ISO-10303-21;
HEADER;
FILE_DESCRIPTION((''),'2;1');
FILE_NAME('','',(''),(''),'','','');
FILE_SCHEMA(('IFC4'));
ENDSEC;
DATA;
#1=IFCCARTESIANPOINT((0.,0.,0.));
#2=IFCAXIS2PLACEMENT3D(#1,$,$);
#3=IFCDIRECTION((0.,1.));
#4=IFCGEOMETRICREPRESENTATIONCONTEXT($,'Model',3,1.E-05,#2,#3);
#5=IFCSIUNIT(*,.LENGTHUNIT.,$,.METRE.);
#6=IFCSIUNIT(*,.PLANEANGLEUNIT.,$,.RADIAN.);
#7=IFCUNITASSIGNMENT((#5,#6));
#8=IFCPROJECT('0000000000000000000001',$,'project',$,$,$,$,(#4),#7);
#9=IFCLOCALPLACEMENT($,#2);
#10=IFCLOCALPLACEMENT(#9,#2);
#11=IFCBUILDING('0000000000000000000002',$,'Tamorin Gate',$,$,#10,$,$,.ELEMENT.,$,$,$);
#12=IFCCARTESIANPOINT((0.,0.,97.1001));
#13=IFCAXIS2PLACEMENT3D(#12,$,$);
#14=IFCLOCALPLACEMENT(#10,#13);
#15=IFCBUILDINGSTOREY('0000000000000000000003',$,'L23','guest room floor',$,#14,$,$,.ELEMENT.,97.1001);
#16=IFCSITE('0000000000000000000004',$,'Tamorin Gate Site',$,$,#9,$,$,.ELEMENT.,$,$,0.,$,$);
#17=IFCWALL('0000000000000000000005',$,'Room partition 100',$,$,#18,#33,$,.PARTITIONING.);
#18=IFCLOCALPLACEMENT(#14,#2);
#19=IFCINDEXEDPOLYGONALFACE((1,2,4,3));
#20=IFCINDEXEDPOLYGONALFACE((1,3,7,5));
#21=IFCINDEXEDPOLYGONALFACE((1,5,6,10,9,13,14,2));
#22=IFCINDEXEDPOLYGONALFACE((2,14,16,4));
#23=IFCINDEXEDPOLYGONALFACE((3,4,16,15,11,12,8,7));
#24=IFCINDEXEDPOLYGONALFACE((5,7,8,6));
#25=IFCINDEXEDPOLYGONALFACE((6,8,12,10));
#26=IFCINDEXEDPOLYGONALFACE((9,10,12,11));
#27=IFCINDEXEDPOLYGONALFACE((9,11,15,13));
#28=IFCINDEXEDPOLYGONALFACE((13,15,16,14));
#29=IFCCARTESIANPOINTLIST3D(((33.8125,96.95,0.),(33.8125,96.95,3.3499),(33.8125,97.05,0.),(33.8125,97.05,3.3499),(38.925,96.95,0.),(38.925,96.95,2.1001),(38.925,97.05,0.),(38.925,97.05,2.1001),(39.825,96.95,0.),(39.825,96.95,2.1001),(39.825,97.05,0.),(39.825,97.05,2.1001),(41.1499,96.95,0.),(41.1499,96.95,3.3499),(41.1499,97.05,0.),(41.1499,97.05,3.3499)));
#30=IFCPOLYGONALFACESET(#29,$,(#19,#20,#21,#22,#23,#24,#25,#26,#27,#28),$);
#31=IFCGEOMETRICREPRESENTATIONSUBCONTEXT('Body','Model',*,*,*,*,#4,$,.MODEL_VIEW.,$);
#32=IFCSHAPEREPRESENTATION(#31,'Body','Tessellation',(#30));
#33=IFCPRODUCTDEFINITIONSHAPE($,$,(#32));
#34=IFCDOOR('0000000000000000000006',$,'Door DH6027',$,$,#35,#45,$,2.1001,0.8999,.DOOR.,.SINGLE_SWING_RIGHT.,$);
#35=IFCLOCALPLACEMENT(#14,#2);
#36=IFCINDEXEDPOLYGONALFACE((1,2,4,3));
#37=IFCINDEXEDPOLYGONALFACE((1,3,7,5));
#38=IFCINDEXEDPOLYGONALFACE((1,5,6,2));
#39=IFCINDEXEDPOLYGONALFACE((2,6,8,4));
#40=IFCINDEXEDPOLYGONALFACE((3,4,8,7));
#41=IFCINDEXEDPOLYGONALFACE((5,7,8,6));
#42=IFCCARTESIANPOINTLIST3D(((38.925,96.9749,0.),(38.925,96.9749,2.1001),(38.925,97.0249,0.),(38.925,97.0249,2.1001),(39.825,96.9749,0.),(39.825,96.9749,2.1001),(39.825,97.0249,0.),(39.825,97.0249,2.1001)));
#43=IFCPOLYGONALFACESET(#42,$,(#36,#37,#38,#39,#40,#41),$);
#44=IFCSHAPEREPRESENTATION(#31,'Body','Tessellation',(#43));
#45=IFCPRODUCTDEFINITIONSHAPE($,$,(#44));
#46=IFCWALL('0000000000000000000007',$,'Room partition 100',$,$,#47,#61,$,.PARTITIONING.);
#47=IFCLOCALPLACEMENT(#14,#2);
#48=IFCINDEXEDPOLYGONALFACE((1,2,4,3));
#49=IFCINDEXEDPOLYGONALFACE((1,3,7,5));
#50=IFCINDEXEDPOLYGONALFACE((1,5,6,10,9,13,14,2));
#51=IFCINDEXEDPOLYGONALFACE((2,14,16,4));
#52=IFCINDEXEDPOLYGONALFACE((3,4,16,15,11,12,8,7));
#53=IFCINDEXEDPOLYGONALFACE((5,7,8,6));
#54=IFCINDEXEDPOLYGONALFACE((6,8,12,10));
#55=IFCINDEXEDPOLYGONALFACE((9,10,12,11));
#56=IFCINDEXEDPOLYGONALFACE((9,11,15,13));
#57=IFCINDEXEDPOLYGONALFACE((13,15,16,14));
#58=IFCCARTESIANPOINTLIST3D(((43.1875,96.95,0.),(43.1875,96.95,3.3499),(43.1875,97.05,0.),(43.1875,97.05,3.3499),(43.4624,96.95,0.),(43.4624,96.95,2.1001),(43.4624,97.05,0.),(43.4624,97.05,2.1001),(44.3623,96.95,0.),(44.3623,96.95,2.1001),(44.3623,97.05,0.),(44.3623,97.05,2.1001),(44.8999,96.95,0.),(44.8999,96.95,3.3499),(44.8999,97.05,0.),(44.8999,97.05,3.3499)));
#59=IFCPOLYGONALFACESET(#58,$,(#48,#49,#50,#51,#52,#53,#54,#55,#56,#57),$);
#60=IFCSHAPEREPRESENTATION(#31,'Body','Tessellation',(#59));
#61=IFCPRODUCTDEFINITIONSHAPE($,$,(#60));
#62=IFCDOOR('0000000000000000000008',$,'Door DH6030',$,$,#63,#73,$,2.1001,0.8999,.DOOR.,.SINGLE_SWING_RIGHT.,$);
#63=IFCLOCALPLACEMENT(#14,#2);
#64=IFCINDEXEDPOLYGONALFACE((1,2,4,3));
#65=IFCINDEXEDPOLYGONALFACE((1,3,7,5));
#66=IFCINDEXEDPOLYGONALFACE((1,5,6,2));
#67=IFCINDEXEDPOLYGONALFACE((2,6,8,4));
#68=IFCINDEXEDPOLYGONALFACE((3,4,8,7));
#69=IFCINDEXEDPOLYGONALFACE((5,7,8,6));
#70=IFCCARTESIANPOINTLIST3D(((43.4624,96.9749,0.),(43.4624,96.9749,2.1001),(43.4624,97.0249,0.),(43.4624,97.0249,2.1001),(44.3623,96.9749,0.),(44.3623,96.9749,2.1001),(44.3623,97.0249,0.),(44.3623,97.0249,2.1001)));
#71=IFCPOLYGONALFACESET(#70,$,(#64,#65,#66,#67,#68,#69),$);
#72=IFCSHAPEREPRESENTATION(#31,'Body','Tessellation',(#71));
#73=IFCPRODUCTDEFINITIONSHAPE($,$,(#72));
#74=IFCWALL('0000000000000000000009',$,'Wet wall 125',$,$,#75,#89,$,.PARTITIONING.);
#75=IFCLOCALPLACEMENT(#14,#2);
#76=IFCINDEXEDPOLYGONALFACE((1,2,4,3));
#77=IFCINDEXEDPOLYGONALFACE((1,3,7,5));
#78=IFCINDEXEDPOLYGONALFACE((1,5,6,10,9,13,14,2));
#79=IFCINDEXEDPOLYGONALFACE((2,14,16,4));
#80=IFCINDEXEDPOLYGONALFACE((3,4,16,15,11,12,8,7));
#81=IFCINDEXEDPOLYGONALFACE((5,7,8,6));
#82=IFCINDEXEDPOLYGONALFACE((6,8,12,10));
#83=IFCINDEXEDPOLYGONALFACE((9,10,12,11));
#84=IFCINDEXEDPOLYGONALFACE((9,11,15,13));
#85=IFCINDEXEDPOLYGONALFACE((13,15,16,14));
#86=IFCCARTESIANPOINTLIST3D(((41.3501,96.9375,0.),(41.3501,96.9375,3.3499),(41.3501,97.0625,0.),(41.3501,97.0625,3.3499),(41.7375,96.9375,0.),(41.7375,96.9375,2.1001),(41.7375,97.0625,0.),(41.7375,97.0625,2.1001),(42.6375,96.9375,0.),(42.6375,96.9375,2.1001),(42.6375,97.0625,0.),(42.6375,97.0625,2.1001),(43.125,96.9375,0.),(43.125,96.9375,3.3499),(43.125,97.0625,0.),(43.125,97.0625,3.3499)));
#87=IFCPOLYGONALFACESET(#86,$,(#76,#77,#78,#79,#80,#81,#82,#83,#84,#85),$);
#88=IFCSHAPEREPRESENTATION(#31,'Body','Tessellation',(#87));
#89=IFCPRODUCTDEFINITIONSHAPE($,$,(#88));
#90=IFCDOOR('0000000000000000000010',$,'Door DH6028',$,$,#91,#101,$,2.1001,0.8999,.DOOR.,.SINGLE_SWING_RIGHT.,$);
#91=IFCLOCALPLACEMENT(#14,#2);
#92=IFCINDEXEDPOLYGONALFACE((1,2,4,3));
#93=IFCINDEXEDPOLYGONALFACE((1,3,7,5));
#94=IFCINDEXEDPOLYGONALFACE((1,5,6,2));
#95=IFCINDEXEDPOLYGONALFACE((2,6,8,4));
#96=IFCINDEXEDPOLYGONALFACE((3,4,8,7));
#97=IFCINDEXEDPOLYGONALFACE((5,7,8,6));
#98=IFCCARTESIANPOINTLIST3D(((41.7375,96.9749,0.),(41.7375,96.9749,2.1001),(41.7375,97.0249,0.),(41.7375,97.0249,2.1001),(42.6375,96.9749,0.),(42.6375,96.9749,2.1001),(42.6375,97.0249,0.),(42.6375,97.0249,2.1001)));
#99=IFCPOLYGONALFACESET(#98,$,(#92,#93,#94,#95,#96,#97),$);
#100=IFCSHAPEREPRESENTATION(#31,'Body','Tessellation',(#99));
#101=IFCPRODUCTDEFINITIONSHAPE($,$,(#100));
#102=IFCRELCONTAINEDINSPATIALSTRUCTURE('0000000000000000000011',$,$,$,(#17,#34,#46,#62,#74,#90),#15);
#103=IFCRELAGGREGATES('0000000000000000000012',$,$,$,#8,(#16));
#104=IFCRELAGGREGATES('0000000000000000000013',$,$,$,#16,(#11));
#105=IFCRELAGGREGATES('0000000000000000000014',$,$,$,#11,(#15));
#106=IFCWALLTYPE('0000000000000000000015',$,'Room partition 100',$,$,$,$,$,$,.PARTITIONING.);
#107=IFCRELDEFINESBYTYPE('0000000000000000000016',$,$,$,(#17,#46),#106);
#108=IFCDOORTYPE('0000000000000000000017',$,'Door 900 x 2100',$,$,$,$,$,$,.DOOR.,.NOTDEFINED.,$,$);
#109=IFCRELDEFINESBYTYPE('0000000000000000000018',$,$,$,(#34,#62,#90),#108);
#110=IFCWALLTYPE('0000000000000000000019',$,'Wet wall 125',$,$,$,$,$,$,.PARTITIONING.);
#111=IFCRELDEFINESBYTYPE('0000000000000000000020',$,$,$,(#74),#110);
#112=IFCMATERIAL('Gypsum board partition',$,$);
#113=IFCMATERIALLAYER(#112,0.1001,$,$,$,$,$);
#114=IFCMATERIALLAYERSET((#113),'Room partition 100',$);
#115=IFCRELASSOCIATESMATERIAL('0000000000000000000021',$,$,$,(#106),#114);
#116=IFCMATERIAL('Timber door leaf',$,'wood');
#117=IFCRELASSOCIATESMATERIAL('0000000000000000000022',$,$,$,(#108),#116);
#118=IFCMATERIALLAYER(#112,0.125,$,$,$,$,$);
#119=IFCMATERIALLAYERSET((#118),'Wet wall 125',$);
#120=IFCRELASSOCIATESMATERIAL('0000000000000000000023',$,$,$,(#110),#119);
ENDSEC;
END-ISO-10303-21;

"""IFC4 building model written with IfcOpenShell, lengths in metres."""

from ifc_helpers import new_model, si_unit, direction, frame, frame_2d, origin, place, context, subcontext, project, spatial, rectangle, extrude, material, layer, layer_set, type_object, element, fill, save


model = new_model("IFC4")

# Units and contexts
model_context = context("Model", 3, precision=1e-05, world=origin(), true_north=direction((0.0, 1.0)))
body_context = subcontext(model_context, "Body", "Model", "MODEL_VIEW")
ifc_project = project(units=[si_unit("LENGTHUNIT", "METRE"), si_unit("PLANEANGLEUNIT", "RADIAN")], contexts=[model_context])

# Site, building, storey
site_placement = place(None, origin())
site = spatial("IfcSite", under=ifc_project, at=site_placement, Name="Tamorin Gate Site", CompositionType="ELEMENT", RefElevation=0.0)
building_placement = place(site_placement, origin())
building = spatial("IfcBuilding", under=site, at=building_placement, Name="Tamorin Gate", CompositionType="ELEMENT")
storey_placement = place(building_placement, frame((0.0, 0.0, 97.1001)))
storey = spatial("IfcBuildingStorey", under=building, at=storey_placement, Name="L23", Description="guest room floor", CompositionType="ELEMENT", Elevation=97.1001)

# Walls, openings, doors
ifc_material_1 = material(Name="Gypsum board partition")
ifc_layer_1 = layer(ifc_material_1, 0.1001)
ifc_layer_set_1 = layer_set([ifc_layer_1], Name="Room partition 100")
wall_type_1 = type_object("IfcWallType", Name="Room partition 100", PredefinedType="PARTITIONING", material=ifc_layer_set_1)
wall_1_placement = place(storey_placement, frame((33.8125, 97.0, 0.0), z_axis=(0.0, 0.0, 1.0), x_axis=(1.0, 0.0, 0.0)))
wall_1 = element("IfcWall", 1, at=wall_1_placement, inside=storey, type_object=wall_type_1, Name="Room partition 100", PredefinedType="PARTITIONING", context=body_context, shape_type="SweptSolid", body=[
    extrude(rectangle(XDim=7.3374, YDim=0.1001, at=frame_2d((3.6687, 0.0))), origin(), (0.0, 0.0, 1.0), 3.3499),
])
opening_1_placement = place(wall_1_placement, frame((5.1125, 0.0, 0.0)))
opening_1 = element("IfcOpeningElement", 2, at=opening_1_placement, cuts=wall_1, PredefinedType="OPENING", context=body_context, shape_type="SweptSolid", body=[
    extrude(rectangle(XDim=0.8999, YDim=2.1001, at=frame_2d((0.45, 1.05))), frame((0.0, 0.0601, 0.0), z_axis=(0.0, -1.0, 0.0), x_axis=(1.0, 0.0, 0.0)), (0.0, 0.0, 1.0), 0.1201),
])
ifc_material_2 = material(Name="Timber door leaf", Category="wood")
door_type = type_object("IfcDoorType", Name="Door 900 x 2100", OperationType="NOTDEFINED", PredefinedType="DOOR", material=ifc_material_2)
door_1_placement = place(opening_1_placement, origin())
door_1 = element("IfcDoor", 3, at=door_1_placement, inside=storey, type_object=door_type, Name="Door DH6027", OperationType="SINGLE_SWING_RIGHT", OverallHeight=2.1001, OverallWidth=0.8999, PredefinedType="DOOR", context=body_context, shape_type="SweptSolid", body=[
    extrude(rectangle(XDim=0.8999, YDim=2.1001, at=frame_2d((0.45, 1.05))), frame((0.0, 0.0249, 0.0), z_axis=(0.0, -1.0, 0.0), x_axis=(1.0, 0.0, 0.0)), (0.0, 0.0, 1.0), 0.05),
])
fill(opening_1, door_1)
wall_2_placement = place(storey_placement, frame((43.1875, 97.0, 0.0), z_axis=(0.0, 0.0, 1.0), x_axis=(1.0, 0.0, 0.0)))
wall_2 = element("IfcWall", 4, at=wall_2_placement, inside=storey, type_object=wall_type_1, Name="Room partition 100", PredefinedType="PARTITIONING", context=body_context, shape_type="SweptSolid", body=[
    extrude(rectangle(XDim=1.7124, YDim=0.1001, at=frame_2d((0.8562, 0.0))), origin(), (0.0, 0.0, 1.0), 3.3499),
])
opening_2_placement = place(wall_2_placement, frame((0.2749, 0.0, 0.0)))
opening_2 = element("IfcOpeningElement", 5, at=opening_2_placement, cuts=wall_2, PredefinedType="OPENING", context=body_context, shape_type="SweptSolid", body=[
    extrude(rectangle(XDim=0.8999, YDim=2.1001, at=frame_2d((0.45, 1.05))), frame((0.0, 0.0601, 0.0), z_axis=(0.0, -1.0, 0.0), x_axis=(1.0, 0.0, 0.0)), (0.0, 0.0, 1.0), 0.1201),
])
door_2_placement = place(opening_2_placement, origin())
door_2 = element("IfcDoor", 6, at=door_2_placement, inside=storey, type_object=door_type, Name="Door DH6030", OperationType="SINGLE_SWING_RIGHT", OverallHeight=2.1001, OverallWidth=0.8999, PredefinedType="DOOR", context=body_context, shape_type="SweptSolid", body=[
    extrude(rectangle(XDim=0.8999, YDim=2.1001, at=frame_2d((0.45, 1.05))), frame((0.0, 0.0249, 0.0), z_axis=(0.0, -1.0, 0.0), x_axis=(1.0, 0.0, 0.0)), (0.0, 0.0, 1.0), 0.05),
])
fill(opening_2, door_2)
ifc_layer_2 = layer(ifc_material_1, 0.125)
ifc_layer_set_2 = layer_set([ifc_layer_2], Name="Wet wall 125")
wall_type_2 = type_object("IfcWallType", Name="Wet wall 125", PredefinedType="PARTITIONING", material=ifc_layer_set_2)
wall_3_placement = place(storey_placement, frame((41.3501, 97.0, 0.0), z_axis=(0.0, 0.0, 1.0), x_axis=(1.0, 0.0, 0.0)))
wall_3 = element("IfcWall", 7, at=wall_3_placement, inside=storey, type_object=wall_type_2, Name="Wet wall 125", PredefinedType="PARTITIONING", context=body_context, shape_type="SweptSolid", body=[
    extrude(rectangle(XDim=1.7749, YDim=0.125, at=frame_2d((0.8875, 0.0))), origin(), (0.0, 0.0, 1.0), 3.3499),
])
opening_3_placement = place(wall_3_placement, frame((0.3875, 0.0, 0.0)))
opening_3 = element("IfcOpeningElement", 8, at=opening_3_placement, cuts=wall_3, PredefinedType="OPENING", context=body_context, shape_type="SweptSolid", body=[
    extrude(rectangle(XDim=0.8999, YDim=2.1001, at=frame_2d((0.45, 1.05))), frame((0.0, 0.0725, 0.0), z_axis=(0.0, -1.0, 0.0), x_axis=(1.0, 0.0, 0.0)), (0.0, 0.0, 1.0), 0.145),
])
door_3_placement = place(opening_3_placement, origin())
door_3 = element("IfcDoor", 9, at=door_3_placement, inside=storey, type_object=door_type, Name="Door DH6028", OperationType="SINGLE_SWING_RIGHT", OverallHeight=2.1001, OverallWidth=0.8999, PredefinedType="DOOR", context=body_context, shape_type="SweptSolid", body=[
    extrude(rectangle(XDim=0.8999, YDim=2.1001, at=frame_2d((0.45, 1.05))), frame((0.0, 0.0249, 0.0), z_axis=(0.0, -1.0, 0.0), x_axis=(1.0, 0.0, 0.0)), (0.0, 0.0, 1.0), 0.05),
])
fill(opening_3, door_3)

save(model, "model.ifc")
